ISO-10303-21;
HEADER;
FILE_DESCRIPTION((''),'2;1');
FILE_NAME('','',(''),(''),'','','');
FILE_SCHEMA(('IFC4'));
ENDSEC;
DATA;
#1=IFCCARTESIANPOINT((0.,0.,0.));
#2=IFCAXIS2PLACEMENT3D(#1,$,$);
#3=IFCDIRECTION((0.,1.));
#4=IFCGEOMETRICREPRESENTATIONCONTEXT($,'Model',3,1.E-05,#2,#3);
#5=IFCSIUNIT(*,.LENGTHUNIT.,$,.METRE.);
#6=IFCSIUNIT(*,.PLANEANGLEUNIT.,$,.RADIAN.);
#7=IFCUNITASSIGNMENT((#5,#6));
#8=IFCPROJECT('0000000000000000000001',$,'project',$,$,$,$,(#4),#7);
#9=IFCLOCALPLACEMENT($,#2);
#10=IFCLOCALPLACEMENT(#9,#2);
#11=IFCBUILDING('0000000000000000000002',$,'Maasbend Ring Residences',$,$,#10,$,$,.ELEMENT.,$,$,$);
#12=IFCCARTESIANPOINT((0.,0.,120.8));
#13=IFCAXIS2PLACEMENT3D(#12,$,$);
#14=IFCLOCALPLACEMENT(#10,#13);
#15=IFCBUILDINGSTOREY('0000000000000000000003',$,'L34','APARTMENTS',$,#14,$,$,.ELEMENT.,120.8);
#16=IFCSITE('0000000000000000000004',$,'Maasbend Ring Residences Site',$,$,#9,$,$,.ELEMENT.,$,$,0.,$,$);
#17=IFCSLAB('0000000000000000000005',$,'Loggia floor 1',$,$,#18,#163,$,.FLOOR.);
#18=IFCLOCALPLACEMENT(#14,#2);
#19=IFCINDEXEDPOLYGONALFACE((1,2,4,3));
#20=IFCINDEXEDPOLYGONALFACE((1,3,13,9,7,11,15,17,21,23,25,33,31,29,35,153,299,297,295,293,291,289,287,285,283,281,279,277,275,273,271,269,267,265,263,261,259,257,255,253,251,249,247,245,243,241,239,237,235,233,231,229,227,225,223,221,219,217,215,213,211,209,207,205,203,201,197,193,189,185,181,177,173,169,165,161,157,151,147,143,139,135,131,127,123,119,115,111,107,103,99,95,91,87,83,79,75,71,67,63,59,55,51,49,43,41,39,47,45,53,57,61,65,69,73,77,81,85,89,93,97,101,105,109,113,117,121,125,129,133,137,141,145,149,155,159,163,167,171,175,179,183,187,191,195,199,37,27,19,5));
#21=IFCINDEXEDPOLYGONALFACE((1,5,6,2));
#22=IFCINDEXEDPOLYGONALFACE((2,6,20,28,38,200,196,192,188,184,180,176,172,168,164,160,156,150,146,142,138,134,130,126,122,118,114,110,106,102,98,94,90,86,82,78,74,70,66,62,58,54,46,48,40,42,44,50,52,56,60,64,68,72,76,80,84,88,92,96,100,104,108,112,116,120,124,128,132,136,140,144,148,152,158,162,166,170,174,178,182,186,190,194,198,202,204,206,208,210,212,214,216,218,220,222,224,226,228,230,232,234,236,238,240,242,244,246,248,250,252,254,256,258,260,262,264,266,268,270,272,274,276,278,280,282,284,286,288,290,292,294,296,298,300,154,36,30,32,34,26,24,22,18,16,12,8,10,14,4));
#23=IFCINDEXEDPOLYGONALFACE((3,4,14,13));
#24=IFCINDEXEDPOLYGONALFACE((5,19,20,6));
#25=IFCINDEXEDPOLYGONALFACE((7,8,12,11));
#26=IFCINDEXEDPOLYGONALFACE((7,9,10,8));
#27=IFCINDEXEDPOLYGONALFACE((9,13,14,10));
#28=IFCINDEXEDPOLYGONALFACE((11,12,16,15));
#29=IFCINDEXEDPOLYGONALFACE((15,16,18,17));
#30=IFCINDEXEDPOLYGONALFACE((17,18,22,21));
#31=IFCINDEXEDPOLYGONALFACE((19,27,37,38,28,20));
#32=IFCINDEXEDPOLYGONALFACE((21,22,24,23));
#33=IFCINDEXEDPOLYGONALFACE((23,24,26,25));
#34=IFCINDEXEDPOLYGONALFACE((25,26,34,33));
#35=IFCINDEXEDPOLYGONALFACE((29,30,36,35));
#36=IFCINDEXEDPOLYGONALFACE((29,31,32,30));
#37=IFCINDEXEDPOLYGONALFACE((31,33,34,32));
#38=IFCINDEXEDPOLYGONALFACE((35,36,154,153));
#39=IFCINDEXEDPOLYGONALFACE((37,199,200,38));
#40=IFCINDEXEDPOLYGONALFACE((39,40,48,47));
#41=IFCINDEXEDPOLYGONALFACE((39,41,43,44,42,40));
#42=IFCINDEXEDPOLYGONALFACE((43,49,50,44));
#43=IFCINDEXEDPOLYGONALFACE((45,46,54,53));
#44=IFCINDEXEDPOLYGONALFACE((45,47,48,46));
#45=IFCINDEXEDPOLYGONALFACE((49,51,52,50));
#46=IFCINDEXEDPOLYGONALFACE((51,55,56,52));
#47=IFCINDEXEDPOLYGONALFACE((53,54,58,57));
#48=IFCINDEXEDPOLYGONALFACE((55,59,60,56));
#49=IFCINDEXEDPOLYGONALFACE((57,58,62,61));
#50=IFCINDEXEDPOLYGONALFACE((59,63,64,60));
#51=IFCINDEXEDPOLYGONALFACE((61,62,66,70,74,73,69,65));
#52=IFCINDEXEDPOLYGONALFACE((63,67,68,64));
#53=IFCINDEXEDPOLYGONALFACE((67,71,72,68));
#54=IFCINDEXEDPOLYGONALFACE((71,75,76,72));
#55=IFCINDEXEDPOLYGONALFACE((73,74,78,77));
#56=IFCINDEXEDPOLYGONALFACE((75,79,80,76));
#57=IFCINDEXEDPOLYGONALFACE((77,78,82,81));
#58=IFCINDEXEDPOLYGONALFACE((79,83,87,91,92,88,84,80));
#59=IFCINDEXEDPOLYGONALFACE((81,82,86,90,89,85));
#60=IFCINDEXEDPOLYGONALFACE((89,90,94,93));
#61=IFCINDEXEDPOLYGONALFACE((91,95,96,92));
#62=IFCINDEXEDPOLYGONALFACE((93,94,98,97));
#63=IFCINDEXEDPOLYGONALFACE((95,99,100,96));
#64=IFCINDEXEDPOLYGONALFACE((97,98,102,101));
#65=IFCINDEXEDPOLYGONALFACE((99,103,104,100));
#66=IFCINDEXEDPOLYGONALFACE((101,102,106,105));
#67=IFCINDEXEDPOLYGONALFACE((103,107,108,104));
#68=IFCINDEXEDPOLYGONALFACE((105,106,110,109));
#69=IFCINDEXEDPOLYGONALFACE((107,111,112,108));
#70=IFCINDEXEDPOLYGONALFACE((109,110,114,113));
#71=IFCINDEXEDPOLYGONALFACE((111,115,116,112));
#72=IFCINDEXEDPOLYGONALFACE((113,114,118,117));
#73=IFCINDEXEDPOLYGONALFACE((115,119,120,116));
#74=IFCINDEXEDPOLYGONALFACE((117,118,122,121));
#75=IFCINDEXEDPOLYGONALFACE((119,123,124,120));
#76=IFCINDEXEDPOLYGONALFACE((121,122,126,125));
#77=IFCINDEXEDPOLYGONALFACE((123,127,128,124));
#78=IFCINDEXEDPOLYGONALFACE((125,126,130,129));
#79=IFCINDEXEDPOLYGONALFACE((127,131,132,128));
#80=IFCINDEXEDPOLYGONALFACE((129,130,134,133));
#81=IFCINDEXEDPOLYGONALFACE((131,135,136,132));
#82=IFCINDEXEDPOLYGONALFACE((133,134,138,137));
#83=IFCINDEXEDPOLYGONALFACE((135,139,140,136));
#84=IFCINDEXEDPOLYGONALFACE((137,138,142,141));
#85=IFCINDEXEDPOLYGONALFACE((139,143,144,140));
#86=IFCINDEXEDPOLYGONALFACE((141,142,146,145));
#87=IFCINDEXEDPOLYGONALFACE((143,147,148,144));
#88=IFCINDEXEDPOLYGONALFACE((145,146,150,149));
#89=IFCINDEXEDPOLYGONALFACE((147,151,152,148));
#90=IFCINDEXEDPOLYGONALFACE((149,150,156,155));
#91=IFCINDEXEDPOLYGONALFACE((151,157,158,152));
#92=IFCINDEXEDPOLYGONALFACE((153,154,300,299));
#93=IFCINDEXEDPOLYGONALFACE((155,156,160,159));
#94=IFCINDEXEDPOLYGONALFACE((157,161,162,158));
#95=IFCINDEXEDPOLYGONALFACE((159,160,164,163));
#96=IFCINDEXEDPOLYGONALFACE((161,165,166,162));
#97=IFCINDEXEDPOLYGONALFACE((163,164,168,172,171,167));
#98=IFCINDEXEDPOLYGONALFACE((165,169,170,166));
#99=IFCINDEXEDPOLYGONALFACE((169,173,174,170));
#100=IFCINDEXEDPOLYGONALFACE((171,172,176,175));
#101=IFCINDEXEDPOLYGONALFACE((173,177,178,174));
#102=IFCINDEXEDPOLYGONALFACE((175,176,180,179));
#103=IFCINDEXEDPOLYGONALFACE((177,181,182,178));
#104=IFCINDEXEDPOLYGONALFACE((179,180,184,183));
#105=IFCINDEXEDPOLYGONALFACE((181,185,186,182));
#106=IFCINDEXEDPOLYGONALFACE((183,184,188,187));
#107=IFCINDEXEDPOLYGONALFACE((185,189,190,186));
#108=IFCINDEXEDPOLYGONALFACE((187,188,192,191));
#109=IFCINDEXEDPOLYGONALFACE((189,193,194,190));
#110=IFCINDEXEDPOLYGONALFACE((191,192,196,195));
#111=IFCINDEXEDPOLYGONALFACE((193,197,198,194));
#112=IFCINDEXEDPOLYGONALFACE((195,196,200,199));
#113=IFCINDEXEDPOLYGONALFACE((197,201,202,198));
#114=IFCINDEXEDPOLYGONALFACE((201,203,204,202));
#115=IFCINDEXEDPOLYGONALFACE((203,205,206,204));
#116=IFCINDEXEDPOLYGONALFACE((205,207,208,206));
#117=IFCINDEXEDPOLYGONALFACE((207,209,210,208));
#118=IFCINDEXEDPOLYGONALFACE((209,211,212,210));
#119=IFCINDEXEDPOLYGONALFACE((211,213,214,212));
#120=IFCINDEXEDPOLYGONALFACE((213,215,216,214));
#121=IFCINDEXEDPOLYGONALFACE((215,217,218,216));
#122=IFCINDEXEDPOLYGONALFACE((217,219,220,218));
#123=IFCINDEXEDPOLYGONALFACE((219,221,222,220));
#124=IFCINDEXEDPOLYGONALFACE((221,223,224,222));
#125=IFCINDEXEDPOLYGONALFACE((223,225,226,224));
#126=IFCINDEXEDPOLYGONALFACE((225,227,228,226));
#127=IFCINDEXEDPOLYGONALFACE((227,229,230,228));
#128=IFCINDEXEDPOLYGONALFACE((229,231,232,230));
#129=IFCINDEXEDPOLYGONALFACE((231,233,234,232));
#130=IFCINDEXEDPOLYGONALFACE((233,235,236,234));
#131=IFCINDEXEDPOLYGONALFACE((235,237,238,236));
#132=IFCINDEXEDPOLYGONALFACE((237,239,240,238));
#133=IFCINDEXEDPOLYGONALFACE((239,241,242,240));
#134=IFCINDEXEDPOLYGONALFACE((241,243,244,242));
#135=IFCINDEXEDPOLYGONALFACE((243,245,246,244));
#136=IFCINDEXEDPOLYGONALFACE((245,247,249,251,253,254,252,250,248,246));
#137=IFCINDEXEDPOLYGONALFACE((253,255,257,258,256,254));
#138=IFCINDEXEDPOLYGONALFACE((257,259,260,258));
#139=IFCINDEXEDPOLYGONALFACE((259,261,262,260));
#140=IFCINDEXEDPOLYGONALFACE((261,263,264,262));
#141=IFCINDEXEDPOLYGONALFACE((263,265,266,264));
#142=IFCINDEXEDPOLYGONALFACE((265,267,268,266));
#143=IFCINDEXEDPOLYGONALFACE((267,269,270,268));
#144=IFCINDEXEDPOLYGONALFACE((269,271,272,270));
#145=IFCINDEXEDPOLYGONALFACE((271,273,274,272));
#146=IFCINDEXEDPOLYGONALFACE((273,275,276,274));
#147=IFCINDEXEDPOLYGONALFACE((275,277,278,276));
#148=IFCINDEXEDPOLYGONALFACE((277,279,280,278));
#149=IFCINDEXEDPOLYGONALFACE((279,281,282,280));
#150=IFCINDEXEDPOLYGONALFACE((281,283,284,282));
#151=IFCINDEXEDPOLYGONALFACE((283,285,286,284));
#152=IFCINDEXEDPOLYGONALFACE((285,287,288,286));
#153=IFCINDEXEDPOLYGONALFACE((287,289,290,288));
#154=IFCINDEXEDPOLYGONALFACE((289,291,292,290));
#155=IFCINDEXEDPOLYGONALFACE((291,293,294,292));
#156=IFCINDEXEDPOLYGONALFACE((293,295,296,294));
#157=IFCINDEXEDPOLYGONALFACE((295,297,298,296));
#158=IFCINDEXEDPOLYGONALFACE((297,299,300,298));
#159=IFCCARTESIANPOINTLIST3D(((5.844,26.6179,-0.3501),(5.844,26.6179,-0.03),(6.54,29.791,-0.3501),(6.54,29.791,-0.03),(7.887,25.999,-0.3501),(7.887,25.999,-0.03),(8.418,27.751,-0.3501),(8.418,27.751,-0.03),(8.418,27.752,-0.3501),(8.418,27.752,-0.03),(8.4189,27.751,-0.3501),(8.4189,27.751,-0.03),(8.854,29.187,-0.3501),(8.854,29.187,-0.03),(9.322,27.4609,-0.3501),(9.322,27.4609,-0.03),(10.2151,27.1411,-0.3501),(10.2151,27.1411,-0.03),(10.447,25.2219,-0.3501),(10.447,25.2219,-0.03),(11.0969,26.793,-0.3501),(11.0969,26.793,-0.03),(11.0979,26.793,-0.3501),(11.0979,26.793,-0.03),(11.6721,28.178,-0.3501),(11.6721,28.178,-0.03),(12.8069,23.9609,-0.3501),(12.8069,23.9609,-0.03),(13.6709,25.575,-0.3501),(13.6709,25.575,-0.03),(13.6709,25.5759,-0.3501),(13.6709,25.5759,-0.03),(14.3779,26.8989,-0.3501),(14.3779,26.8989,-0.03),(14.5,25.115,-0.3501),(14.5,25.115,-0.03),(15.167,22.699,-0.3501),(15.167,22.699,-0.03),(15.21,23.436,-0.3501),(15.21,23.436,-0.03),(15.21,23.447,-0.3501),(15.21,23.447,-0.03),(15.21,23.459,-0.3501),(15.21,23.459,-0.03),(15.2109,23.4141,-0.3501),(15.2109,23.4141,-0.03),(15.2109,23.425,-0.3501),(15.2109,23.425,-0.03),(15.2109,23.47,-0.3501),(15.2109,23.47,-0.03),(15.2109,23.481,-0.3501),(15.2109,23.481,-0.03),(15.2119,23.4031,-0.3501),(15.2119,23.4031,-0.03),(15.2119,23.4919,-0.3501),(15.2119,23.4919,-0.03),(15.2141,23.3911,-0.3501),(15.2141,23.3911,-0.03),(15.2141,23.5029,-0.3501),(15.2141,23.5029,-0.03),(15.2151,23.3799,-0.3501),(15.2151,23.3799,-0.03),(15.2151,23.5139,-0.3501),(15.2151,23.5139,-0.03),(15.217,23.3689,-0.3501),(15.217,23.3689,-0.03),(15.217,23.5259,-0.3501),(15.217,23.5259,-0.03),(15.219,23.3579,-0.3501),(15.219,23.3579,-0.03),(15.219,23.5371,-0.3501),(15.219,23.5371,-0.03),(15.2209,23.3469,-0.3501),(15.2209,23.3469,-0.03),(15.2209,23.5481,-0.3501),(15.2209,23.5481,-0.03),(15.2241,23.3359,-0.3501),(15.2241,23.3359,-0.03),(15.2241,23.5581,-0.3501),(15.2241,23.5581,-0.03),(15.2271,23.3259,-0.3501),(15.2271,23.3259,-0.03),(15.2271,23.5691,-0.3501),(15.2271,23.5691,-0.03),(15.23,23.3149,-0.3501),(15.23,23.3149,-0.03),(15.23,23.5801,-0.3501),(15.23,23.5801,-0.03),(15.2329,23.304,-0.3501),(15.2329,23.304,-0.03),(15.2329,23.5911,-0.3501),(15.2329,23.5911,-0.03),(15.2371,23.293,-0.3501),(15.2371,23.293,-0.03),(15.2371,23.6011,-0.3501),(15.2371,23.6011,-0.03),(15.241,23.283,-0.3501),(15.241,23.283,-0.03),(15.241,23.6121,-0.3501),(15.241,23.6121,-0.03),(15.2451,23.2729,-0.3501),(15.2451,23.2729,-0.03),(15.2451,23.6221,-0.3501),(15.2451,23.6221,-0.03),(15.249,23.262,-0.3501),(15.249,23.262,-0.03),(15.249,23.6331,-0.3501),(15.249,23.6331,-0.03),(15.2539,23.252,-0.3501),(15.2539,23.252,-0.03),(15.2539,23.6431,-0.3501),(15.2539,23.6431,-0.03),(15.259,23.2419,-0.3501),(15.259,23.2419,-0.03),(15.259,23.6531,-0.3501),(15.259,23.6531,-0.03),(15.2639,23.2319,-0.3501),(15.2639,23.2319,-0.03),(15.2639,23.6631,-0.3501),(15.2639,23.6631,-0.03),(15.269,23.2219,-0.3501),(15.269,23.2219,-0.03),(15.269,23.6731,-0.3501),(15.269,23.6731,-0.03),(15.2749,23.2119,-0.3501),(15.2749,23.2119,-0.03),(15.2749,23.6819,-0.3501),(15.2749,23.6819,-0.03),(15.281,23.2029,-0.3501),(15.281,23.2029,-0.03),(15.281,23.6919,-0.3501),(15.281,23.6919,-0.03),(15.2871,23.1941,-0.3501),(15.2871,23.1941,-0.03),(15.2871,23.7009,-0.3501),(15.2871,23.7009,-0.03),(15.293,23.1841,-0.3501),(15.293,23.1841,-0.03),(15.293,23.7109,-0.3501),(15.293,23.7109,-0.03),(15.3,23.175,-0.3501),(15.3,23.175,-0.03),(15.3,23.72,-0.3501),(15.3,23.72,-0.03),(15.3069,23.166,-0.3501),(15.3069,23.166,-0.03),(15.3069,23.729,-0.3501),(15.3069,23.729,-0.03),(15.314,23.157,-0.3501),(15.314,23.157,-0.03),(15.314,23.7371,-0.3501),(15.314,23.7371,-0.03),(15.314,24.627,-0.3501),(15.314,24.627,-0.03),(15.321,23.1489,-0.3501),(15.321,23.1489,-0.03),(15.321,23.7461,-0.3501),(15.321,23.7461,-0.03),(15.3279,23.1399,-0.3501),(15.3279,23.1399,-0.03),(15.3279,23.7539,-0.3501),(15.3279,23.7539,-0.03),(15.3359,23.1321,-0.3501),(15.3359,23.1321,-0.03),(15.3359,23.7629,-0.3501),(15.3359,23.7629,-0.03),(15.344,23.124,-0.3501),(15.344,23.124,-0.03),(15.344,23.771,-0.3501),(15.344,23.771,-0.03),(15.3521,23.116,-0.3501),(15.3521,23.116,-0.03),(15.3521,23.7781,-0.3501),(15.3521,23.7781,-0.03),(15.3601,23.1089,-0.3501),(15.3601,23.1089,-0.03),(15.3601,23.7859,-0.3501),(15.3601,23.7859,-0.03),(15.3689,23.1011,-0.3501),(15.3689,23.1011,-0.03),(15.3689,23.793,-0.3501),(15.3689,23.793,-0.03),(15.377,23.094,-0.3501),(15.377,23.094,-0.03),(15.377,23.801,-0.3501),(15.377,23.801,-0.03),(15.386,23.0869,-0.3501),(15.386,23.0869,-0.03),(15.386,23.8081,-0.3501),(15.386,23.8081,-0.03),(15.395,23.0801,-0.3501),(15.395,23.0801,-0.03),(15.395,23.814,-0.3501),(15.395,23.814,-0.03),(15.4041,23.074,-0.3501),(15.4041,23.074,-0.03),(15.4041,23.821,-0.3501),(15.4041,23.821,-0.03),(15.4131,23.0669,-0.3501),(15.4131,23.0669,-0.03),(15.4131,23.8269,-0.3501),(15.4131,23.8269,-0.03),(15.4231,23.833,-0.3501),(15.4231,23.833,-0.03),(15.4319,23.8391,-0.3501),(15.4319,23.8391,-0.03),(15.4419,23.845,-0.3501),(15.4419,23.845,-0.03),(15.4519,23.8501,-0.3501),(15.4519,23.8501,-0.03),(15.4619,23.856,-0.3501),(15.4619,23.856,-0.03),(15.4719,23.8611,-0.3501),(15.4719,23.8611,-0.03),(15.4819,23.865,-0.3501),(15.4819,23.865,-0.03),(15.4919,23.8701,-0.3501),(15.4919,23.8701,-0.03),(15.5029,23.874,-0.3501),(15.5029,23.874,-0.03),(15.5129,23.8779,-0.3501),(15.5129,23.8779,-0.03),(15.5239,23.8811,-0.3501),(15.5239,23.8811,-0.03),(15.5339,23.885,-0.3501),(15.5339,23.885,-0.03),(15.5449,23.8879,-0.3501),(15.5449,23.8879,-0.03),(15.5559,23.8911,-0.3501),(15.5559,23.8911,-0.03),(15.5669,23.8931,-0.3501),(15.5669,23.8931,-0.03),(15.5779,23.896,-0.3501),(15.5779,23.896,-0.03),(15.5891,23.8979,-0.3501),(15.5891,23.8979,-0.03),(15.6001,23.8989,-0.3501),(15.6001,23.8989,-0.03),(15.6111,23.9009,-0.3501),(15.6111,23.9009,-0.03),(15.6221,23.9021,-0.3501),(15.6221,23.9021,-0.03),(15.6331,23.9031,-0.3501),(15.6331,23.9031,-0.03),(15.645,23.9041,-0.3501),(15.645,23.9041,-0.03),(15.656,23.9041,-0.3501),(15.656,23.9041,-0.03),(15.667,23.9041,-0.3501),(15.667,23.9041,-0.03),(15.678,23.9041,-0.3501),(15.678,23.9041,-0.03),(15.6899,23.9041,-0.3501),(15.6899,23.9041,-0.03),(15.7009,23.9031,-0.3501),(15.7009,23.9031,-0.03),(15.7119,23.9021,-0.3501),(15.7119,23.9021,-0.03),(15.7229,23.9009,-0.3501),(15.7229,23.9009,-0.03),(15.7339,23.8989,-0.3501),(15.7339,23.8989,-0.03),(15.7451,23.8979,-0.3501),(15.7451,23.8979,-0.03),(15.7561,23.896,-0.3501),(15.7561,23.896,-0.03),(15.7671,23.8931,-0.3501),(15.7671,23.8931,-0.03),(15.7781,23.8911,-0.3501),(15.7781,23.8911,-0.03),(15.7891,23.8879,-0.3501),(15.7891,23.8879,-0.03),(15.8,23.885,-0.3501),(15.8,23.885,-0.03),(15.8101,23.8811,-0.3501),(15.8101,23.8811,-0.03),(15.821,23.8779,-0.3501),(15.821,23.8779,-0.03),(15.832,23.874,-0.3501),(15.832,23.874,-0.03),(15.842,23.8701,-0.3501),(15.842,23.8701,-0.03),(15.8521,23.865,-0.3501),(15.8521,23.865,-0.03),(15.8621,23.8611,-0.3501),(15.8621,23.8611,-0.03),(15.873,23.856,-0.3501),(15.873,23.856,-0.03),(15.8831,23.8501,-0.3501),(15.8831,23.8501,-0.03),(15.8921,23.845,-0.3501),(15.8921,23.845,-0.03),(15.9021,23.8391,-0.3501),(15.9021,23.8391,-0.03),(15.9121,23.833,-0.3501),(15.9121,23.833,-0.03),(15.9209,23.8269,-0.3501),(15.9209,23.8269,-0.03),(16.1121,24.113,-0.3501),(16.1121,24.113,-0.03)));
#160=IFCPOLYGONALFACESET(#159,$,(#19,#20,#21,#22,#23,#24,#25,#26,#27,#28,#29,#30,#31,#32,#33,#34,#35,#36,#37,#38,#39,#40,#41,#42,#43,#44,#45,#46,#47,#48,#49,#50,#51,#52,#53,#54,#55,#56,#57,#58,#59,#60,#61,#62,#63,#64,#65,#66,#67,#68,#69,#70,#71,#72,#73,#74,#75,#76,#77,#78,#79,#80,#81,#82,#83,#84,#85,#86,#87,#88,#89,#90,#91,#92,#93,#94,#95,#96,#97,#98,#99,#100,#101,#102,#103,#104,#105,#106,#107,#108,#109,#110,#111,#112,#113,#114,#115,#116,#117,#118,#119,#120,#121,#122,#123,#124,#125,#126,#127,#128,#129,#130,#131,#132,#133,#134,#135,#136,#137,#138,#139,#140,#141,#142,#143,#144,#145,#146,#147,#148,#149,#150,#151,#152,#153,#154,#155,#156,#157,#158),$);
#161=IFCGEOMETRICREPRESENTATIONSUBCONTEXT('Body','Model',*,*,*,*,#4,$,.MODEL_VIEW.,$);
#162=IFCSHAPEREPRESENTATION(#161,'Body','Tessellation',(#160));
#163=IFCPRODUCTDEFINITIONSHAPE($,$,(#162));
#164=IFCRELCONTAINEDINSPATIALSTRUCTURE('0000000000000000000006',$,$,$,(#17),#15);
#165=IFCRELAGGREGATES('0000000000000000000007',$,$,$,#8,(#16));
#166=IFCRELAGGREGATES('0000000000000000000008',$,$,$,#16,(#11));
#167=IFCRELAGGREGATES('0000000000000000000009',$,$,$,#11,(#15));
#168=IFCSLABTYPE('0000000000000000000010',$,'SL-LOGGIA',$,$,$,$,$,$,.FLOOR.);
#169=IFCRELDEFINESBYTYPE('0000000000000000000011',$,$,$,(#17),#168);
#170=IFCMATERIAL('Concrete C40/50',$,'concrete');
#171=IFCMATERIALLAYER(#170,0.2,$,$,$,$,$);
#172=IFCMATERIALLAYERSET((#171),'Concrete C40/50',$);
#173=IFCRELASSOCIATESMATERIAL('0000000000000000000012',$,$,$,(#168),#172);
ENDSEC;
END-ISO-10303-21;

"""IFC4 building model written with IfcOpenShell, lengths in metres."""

from ifc_helpers import new_model, si_unit, direction, frame, origin, place, context, subcontext, project, spatial, polyline, outline, extrude, material, layer, layer_set, type_object, element, save


model = new_model("IFC4")

# Units and contexts
model_context = context("Model", 3, precision=1e-05, world=origin(), true_north=direction((0.0, 1.0)))
body_context = subcontext(model_context, "Body", "Model", "MODEL_VIEW")
ifc_project = project(units=[si_unit("LENGTHUNIT", "METRE"), si_unit("PLANEANGLEUNIT", "RADIAN")], contexts=[model_context])

# Site, building, storey
site_placement = place(None, origin())
site = spatial("IfcSite", under=ifc_project, at=site_placement, Name="Maasbend Ring Residences Site", CompositionType="ELEMENT", RefElevation=0.0)
building_placement = place(site_placement, origin())
building = spatial("IfcBuilding", under=site, at=building_placement, Name="Maasbend Ring Residences", CompositionType="ELEMENT")
storey_placement = place(building_placement, frame((0.0, 0.0, 120.8)))
storey = spatial("IfcBuildingStorey", under=building, at=storey_placement, Name="L34", Description="APARTMENTS", CompositionType="ELEMENT", Elevation=120.8)

# Slab
ifc_material_1 = material(Name="Concrete C40/50", Category="concrete")
ifc_layer_1 = layer(ifc_material_1, 0.2)
ifc_layer_set_1 = layer_set([ifc_layer_1], Name="Concrete C40/50")
slab_type_1 = type_object("IfcSlabType", Name="SL-LOGGIA", PredefinedType="FLOOR", material=ifc_layer_set_1)
slab_1_placement = place(storey_placement, frame((0.0, 0.0, -0.3501)))
element("IfcSlab", 1, at=slab_1_placement, inside=storey, type_object=slab_type_1, Name="Loggia floor 1", PredefinedType="FLOOR", context=body_context, shape_type="SweptSolid", body=[
    extrude(outline(polyline([(8.854, 29.187), (8.854, 29.187), (8.854, 29.187), (8.418, 27.752), (8.418, 27.752), (8.418, 27.752), (8.418, 27.752), (8.418, 27.752), (8.418, 27.752), (8.418, 27.751), (8.418, 27.751), (8.418, 27.751), (8.418, 27.751), (8.418, 27.751), (8.4189, 27.751), (8.4189, 27.751), (8.4189, 27.751), (8.4189, 27.751), (8.4189, 27.751), (8.4189, 27.751), (9.322, 27.4609), (9.322, 27.4609), (10.2151, 27.1411), (10.2151, 27.1411), (11.0969, 26.793), (11.0969, 26.793), (11.0969, 26.793), (11.0979, 26.793), (11.0979, 26.793), (11.0979, 26.793), (11.0979, 26.793), (11.0979, 26.793), (11.0979, 26.793), (11.0979, 26.793), (11.0979, 26.793), (11.0979, 26.793), (11.0979, 26.793), (11.0979, 26.793), (11.0979, 26.793), (11.0979, 26.793), (11.0979, 26.793), (11.6721, 28.178), (11.6721, 28.178), (11.6721, 28.178), (14.3779, 26.8989), (14.3779, 26.8989), (14.3779, 26.8989), (13.6709, 25.5759), (13.6709, 25.5759), (13.6709, 25.5759), (13.6709, 25.5759), (13.6709, 25.5759), (13.6709, 25.5759), (13.6709, 25.5759), (13.6709, 25.5759), (13.6709, 25.5759), (13.6709, 25.5759), (13.6709, 25.5759), (13.6709, 25.5759), (13.6709, 25.5759), (13.6709, 25.5759), (13.6709, 25.5759), (13.6709, 25.5759), (13.6709, 25.575), (14.5, 25.115), (14.5, 25.115), (15.314, 24.627), (15.314, 24.627), (16.1121, 24.113), (16.1121, 24.113), (16.1121, 24.113), (15.9209, 23.8269), (15.9121, 23.833), (15.9021, 23.8391), (15.8921, 23.845), (15.8831, 23.8501), (15.873, 23.856), (15.8621, 23.8611), (15.8521, 23.865), (15.842, 23.8701), (15.832, 23.874), (15.821, 23.8779), (15.8101, 23.8811), (15.8, 23.885), (15.7891, 23.8879), (15.7781, 23.8911), (15.7671, 23.8931), (15.7561, 23.896), (15.7451, 23.8979), (15.7339, 23.8989), (15.7229, 23.9009), (15.7119, 23.9021), (15.7009, 23.9031), (15.6899, 23.9041), (15.678, 23.9041), (15.667, 23.9041), (15.656, 23.9041), (15.645, 23.9041), (15.6331, 23.9031), (15.6221, 23.9021), (15.6111, 23.9009), (15.6001, 23.8989), (15.5891, 23.8979), (15.5779, 23.896), (15.5669, 23.8931), (15.5559, 23.8911), (15.5449, 23.8879), (15.5339, 23.885), (15.5239, 23.8811), (15.5129, 23.8779), (15.5029, 23.874), (15.4919, 23.8701), (15.4819, 23.865), (15.4719, 23.8611), (15.4619, 23.856), (15.4519, 23.8501), (15.4419, 23.845), (15.4319, 23.8391), (15.4231, 23.833), (15.4131, 23.8269), (15.4041, 23.821), (15.395, 23.814), (15.386, 23.8081), (15.377, 23.801), (15.3689, 23.793), (15.3601, 23.7859), (15.3521, 23.7781), (15.344, 23.771), (15.3359, 23.7629), (15.3279, 23.7539), (15.321, 23.7461), (15.314, 23.7371), (15.3069, 23.729), (15.3, 23.72), (15.293, 23.7109), (15.2871, 23.7009), (15.281, 23.6919), (15.2749, 23.6819), (15.269, 23.6731), (15.2639, 23.6631), (15.259, 23.6531), (15.2539, 23.6431), (15.249, 23.6331), (15.2451, 23.6221), (15.241, 23.6121), (15.2371, 23.6011), (15.2329, 23.5911), (15.23, 23.5801), (15.2271, 23.5691), (15.2241, 23.5581), (15.2209, 23.5481), (15.219, 23.5371), (15.217, 23.5259), (15.2151, 23.5139), (15.2141, 23.5029), (15.2119, 23.4919), (15.2109, 23.481), (15.2109, 23.47), (15.21, 23.459), (15.21, 23.447), (15.21, 23.436), (15.2109, 23.425), (15.2109, 23.4141), (15.2119, 23.4031), (15.2141, 23.3911), (15.2151, 23.3799), (15.217, 23.3689), (15.219, 23.3579), (15.2209, 23.3469), (15.2241, 23.3359), (15.2271, 23.3259), (15.23, 23.3149), (15.2329, 23.304), (15.2371, 23.293), (15.241, 23.283), (15.2451, 23.2729), (15.249, 23.262), (15.2539, 23.252), (15.259, 23.2419), (15.2639, 23.2319), (15.269, 23.2219), (15.2749, 23.2119), (15.281, 23.2029), (15.2871, 23.1941), (15.293, 23.1841), (15.3, 23.175), (15.3069, 23.166), (15.314, 23.157), (15.321, 23.1489), (15.3279, 23.1399), (15.3359, 23.1321), (15.344, 23.124), (15.3521, 23.116), (15.3601, 23.1089), (15.3689, 23.1011), (15.377, 23.094), (15.386, 23.0869), (15.395, 23.0801), (15.4041, 23.074), (15.4131, 23.0669), (15.167, 22.699), (15.167, 22.699), (15.167, 22.699), (12.8069, 23.9609), (10.447, 25.2219), (10.447, 25.2219), (10.447, 25.2219), (7.887, 25.999), (5.844, 26.6179), (5.844, 26.6179), (5.844, 26.6179), (6.54, 29.791), (6.54, 29.791), (6.54, 29.791), (8.854, 29.187)])), origin(), (0.0, 0.0, 1.0), 0.3201),
])

save(model, "model.ifc")
